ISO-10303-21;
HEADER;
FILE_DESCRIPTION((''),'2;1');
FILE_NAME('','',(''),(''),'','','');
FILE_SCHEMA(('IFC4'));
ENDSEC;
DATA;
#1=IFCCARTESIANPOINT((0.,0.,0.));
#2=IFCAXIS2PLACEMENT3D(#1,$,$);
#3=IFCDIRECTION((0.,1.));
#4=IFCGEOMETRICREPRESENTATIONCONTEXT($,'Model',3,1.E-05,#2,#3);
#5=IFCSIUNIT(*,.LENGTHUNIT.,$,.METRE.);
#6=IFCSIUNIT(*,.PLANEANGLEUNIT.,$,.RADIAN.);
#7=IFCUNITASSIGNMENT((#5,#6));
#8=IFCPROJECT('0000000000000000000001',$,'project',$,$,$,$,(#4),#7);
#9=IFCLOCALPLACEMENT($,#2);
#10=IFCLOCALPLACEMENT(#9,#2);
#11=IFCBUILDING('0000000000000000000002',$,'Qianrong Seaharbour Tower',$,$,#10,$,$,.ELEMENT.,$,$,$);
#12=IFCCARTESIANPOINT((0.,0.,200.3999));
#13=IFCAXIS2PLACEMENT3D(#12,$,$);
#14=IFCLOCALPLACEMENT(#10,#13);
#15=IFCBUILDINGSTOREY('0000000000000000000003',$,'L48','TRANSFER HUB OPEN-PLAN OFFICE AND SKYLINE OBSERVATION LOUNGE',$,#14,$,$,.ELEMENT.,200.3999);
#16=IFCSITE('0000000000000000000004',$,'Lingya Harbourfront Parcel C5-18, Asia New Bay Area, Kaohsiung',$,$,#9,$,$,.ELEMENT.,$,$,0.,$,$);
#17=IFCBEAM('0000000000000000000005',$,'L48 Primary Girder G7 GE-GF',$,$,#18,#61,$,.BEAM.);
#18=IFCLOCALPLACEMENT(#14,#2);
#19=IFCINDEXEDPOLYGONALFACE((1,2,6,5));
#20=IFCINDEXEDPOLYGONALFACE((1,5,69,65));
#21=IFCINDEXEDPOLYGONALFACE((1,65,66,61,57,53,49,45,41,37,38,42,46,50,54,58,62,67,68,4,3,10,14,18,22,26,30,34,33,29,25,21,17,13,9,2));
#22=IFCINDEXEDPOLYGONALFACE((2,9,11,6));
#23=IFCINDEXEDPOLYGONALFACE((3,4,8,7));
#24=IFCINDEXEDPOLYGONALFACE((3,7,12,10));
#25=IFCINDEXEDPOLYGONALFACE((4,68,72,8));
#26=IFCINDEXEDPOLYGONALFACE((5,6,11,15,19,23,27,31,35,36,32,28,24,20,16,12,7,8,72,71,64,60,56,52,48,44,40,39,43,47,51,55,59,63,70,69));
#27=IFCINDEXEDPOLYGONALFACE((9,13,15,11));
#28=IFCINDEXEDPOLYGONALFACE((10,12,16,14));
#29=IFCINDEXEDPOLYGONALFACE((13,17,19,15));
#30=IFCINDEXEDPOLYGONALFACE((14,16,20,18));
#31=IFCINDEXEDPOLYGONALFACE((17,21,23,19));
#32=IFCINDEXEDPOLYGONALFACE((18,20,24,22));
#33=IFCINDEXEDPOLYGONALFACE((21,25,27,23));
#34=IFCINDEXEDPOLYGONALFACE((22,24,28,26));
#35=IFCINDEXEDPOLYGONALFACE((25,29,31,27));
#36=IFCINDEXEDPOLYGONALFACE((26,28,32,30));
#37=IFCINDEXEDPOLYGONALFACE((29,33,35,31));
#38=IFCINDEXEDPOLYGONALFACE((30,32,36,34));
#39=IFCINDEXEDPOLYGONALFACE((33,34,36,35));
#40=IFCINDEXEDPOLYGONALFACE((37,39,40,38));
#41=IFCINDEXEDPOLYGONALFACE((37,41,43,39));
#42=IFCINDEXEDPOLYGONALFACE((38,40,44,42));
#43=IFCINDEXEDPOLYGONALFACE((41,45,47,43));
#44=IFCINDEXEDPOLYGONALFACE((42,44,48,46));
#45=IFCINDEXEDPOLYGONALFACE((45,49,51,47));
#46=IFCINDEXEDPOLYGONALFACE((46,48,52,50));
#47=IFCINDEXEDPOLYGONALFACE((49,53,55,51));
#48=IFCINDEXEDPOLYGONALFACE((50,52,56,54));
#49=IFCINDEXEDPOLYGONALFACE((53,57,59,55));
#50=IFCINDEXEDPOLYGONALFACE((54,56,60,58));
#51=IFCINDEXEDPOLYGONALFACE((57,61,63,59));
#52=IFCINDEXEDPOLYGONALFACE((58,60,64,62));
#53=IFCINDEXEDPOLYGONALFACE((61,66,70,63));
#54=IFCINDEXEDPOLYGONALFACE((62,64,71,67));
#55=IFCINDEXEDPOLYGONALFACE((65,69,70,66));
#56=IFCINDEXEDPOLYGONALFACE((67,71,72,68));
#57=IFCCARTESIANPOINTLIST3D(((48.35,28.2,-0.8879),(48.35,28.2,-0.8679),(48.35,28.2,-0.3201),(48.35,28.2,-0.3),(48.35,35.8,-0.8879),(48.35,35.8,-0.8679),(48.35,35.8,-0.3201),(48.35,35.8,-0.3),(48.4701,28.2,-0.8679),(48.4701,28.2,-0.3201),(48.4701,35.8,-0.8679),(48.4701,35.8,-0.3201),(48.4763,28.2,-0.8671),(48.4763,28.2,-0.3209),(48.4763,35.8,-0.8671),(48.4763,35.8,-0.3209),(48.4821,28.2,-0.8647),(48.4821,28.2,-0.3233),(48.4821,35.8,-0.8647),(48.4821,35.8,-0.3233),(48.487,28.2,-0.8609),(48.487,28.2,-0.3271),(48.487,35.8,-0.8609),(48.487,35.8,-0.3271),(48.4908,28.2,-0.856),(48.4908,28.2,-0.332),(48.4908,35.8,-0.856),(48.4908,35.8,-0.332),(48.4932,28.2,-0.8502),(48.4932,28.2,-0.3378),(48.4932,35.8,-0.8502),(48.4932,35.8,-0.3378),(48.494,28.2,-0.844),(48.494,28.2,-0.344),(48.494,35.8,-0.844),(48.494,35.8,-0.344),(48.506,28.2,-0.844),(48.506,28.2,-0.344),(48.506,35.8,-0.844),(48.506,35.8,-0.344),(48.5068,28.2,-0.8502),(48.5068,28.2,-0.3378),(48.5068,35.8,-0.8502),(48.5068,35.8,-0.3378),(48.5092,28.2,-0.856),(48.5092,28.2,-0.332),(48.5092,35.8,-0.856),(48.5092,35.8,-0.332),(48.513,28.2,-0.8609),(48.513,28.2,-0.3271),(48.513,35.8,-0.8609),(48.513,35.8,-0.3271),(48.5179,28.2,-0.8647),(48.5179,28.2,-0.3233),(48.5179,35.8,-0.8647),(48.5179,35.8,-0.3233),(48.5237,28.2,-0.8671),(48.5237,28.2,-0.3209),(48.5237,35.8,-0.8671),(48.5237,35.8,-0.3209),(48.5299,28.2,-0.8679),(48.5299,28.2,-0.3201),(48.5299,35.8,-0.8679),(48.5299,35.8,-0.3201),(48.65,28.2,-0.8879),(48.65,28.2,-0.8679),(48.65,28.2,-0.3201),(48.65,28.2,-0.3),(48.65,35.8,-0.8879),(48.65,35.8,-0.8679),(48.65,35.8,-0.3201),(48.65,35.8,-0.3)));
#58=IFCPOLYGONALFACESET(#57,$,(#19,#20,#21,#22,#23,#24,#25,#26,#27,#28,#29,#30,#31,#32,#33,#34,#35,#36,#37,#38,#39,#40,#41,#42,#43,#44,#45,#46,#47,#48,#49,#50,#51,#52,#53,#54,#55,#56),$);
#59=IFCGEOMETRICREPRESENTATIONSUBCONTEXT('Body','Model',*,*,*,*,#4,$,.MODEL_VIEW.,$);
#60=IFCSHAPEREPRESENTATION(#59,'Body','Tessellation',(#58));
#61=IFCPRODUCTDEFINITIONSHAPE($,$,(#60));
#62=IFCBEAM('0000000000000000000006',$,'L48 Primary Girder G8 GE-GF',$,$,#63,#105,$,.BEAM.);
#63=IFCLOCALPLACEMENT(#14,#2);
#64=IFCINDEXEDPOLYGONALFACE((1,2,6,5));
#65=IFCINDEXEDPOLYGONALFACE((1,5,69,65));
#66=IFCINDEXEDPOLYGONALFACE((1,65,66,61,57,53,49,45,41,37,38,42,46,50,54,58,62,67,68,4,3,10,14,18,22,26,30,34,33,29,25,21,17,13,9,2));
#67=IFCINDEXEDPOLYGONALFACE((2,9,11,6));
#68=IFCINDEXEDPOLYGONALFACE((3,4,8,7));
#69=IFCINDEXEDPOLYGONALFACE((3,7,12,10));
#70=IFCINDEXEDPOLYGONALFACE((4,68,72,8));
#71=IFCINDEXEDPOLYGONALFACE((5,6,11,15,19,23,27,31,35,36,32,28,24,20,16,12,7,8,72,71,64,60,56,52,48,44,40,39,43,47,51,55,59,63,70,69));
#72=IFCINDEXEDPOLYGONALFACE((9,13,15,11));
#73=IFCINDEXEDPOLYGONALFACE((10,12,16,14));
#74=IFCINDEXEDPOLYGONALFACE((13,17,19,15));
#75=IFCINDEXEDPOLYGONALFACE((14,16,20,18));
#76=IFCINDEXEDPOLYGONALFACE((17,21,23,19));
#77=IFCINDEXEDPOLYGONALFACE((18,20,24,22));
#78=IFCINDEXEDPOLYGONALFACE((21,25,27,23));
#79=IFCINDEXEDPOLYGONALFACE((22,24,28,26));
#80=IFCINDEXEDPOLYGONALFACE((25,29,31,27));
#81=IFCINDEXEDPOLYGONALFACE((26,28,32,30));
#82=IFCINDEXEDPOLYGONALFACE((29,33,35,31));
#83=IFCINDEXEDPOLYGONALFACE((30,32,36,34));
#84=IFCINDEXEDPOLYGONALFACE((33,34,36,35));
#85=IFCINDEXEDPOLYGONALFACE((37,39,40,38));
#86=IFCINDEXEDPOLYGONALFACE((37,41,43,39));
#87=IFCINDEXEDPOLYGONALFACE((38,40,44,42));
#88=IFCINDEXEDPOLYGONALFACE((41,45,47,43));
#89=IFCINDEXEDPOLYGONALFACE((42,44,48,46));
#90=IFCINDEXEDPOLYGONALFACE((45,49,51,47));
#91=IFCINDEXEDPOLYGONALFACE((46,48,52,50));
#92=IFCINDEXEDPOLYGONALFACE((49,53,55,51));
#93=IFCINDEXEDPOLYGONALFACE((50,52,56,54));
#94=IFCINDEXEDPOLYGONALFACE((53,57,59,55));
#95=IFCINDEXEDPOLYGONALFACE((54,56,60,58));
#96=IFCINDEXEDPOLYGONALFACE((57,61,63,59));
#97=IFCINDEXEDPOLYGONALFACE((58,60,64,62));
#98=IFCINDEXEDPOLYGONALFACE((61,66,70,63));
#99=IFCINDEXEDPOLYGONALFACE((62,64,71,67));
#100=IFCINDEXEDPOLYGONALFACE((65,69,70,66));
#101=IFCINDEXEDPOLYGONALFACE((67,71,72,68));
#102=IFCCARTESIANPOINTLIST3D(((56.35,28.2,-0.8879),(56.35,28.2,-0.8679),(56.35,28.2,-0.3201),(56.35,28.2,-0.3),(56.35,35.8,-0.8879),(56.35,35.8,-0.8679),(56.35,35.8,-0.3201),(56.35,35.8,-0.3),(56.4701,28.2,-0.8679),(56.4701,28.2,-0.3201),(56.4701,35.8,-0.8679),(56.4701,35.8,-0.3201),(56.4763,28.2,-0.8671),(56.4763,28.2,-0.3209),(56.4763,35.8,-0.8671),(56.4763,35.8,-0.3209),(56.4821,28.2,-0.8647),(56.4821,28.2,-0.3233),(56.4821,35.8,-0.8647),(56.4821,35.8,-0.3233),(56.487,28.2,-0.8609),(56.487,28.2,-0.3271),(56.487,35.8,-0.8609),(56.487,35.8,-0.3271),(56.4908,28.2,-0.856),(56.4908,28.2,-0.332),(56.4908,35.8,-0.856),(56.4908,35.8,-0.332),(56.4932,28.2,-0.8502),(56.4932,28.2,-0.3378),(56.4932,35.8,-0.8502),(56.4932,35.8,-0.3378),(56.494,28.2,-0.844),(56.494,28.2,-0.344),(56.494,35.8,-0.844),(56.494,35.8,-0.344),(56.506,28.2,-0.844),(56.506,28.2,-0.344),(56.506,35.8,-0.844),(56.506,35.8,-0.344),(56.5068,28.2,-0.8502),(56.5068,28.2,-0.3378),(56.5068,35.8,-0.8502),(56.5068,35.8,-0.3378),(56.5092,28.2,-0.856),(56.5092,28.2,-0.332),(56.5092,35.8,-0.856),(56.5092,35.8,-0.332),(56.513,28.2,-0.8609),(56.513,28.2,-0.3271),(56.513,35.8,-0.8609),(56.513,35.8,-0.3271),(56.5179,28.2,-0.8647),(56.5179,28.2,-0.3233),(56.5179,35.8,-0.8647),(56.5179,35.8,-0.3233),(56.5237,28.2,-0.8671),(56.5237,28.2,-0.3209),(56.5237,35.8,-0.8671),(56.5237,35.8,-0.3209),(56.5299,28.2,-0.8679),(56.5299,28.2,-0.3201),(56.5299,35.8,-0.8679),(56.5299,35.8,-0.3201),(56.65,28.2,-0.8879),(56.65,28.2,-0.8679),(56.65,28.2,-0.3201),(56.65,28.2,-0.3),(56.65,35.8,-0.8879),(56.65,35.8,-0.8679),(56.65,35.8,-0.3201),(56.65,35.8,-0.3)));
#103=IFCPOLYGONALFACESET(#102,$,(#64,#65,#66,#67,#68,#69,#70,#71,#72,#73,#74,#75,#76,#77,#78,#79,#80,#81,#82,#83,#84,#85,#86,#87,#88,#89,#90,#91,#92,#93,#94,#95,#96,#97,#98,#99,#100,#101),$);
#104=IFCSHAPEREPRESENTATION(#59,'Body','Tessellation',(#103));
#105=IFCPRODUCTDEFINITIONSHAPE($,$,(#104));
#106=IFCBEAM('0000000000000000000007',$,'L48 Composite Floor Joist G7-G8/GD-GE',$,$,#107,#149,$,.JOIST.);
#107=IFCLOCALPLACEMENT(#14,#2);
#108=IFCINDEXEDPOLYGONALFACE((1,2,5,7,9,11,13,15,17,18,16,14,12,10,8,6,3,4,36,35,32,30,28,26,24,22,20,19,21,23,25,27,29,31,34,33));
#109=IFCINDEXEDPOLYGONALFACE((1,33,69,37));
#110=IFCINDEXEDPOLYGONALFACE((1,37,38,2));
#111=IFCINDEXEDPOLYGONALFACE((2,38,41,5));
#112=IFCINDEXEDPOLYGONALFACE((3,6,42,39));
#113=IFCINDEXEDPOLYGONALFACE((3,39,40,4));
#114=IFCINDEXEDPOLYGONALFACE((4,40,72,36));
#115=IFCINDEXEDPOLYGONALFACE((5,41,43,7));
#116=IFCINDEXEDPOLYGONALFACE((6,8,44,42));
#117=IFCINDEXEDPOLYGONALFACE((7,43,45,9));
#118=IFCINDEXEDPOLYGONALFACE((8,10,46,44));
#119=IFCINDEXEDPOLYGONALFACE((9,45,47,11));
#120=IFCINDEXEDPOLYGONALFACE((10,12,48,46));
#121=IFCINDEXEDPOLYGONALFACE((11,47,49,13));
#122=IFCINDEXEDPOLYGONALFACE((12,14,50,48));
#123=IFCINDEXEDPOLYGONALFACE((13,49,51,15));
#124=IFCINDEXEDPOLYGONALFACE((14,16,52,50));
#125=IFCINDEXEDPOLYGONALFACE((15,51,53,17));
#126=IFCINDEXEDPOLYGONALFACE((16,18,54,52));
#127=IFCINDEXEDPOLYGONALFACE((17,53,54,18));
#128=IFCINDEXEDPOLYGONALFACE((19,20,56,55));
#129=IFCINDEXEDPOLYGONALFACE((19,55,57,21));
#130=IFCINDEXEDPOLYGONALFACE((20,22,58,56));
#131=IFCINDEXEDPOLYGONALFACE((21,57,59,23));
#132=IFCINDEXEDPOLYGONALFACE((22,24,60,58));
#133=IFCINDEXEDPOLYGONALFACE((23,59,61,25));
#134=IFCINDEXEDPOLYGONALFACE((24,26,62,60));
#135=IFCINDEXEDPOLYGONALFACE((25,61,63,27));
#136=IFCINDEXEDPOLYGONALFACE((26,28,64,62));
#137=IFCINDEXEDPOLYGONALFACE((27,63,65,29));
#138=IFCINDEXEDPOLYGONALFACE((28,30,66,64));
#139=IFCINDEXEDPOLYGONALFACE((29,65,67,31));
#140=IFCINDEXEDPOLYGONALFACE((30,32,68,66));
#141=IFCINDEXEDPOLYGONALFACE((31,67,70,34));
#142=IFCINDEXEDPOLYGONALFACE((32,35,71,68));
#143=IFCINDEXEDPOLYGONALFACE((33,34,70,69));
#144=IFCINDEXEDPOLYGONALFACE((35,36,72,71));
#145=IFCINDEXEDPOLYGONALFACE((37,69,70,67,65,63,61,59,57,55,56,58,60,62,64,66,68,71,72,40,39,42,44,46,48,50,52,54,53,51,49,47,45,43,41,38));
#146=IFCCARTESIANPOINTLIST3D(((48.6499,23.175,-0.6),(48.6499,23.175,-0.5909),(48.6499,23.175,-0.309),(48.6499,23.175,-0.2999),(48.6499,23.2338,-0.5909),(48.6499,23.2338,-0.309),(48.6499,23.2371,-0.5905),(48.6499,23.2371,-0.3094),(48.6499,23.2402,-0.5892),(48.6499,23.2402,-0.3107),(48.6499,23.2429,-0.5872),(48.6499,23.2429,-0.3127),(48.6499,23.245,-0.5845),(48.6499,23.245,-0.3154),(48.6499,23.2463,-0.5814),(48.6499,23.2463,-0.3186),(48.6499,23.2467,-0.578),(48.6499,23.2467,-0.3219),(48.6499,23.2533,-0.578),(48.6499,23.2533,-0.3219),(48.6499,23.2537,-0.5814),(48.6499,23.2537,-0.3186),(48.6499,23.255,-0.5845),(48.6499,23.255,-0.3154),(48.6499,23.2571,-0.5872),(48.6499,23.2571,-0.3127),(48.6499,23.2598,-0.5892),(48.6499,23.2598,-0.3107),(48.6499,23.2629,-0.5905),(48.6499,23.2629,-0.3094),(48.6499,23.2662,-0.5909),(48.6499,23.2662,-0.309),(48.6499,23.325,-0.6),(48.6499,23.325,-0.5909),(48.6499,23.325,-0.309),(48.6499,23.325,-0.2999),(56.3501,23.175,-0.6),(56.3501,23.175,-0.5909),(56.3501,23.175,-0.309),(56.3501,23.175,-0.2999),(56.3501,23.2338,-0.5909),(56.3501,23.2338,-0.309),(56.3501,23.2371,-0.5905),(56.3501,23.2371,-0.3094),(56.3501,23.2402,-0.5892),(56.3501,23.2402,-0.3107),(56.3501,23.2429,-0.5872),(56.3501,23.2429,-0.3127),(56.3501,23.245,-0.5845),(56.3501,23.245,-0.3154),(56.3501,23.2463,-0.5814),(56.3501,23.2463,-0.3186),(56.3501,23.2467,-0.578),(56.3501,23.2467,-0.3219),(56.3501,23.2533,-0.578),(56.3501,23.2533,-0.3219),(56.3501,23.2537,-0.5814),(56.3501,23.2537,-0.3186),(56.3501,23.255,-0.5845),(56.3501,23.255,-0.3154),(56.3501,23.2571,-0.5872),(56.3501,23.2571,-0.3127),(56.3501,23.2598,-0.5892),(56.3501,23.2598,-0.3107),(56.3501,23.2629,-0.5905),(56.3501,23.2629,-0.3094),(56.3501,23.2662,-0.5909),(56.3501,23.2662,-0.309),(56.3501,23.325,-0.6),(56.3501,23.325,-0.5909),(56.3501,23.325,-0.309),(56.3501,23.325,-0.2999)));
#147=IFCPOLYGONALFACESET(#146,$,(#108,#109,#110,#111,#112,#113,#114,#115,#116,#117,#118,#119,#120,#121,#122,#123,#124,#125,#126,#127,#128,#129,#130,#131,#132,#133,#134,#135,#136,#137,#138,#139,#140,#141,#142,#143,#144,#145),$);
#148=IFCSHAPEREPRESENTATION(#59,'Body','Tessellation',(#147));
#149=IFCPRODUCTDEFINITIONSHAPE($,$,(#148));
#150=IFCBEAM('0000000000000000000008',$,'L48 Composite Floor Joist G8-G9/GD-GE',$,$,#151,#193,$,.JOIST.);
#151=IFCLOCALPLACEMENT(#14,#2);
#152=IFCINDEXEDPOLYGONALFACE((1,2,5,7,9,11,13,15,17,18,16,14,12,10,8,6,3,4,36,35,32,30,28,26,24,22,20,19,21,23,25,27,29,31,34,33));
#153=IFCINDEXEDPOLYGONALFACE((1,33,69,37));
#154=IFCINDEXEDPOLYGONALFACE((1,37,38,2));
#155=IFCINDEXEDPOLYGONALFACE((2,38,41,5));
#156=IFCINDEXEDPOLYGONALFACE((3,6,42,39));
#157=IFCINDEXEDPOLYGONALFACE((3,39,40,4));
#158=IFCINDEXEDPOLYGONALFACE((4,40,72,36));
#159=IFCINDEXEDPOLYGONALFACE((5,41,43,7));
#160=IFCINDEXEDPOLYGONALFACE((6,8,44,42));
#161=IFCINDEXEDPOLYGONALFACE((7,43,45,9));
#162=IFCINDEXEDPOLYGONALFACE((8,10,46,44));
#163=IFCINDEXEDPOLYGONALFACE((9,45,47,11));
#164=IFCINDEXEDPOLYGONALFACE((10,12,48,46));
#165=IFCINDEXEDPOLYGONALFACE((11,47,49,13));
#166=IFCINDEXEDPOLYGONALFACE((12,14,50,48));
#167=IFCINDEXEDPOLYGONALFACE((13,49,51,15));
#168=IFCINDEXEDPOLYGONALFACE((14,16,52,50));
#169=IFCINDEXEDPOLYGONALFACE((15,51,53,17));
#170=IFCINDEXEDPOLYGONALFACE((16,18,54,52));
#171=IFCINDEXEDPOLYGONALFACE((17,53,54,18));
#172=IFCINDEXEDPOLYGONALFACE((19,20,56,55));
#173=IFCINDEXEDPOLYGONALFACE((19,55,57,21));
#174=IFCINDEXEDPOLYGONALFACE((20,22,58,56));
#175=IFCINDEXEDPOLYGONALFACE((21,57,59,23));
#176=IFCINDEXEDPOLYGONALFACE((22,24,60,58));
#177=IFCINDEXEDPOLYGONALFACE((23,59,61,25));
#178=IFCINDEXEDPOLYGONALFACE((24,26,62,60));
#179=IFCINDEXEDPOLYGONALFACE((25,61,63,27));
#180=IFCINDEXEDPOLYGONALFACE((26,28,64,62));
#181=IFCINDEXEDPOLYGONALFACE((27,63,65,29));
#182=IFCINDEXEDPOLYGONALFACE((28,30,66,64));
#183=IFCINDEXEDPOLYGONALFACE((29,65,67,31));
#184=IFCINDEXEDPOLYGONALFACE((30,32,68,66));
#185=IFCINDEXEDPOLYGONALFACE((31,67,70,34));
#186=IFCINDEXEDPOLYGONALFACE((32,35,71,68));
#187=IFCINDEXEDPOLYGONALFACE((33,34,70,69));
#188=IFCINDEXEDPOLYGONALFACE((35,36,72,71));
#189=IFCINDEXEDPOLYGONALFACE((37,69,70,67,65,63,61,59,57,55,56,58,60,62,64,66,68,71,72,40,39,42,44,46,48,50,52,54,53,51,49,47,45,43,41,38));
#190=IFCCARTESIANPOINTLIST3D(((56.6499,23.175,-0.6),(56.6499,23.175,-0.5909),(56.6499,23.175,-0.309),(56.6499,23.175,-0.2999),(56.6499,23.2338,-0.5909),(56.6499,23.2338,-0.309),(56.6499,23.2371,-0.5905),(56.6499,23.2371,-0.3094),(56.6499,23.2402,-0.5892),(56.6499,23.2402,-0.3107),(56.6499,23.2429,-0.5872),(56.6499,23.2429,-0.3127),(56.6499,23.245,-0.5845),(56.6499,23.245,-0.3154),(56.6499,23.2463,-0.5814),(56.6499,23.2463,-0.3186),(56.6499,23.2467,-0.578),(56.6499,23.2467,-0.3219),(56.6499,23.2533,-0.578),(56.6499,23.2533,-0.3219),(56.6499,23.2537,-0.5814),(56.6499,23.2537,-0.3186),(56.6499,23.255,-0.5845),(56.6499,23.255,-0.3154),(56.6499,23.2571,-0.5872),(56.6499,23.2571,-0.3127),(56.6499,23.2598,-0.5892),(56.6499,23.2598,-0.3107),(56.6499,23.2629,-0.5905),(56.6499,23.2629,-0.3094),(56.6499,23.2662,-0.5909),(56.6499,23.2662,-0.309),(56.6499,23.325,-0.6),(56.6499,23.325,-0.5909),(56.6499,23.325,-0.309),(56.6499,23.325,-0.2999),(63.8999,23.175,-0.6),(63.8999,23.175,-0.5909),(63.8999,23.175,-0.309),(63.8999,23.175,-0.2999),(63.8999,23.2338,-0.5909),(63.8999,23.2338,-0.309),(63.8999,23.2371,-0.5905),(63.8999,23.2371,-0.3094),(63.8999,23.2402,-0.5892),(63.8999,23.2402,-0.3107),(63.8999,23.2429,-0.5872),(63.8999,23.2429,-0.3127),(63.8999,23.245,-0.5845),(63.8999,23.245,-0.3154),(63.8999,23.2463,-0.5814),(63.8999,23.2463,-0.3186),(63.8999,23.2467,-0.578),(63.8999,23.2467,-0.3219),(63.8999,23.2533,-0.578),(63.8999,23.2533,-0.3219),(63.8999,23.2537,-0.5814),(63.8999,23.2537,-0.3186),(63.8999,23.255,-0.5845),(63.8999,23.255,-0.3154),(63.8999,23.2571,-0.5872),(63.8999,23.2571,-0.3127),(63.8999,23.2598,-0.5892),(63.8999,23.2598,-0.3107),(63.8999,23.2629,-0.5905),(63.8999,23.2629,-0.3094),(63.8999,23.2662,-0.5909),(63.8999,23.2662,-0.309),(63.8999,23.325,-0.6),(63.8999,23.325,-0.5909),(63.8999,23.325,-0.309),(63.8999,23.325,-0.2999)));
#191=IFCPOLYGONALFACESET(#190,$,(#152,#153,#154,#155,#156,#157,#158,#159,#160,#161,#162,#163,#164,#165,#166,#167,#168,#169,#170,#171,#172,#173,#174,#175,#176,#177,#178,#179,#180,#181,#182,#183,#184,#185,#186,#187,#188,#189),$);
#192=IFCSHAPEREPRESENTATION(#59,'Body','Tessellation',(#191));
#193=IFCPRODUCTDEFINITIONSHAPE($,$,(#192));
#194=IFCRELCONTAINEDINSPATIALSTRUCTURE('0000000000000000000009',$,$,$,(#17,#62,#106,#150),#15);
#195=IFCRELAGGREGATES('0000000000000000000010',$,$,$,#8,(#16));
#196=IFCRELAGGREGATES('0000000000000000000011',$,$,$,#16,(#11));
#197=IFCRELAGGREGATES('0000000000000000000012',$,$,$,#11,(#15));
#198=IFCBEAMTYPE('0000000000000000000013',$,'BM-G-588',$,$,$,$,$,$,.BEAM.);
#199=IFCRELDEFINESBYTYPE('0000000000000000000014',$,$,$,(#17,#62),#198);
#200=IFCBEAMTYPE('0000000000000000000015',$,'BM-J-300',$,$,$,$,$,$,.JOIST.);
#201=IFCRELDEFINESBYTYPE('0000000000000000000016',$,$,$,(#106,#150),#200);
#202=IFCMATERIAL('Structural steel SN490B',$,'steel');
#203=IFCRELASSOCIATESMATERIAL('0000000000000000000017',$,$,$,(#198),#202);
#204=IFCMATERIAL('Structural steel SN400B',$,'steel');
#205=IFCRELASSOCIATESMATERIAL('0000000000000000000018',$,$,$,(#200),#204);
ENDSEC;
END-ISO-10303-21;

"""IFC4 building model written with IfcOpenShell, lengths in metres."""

from ifc_helpers import new_model, si_unit, direction, frame, origin, origin_2d, place, context, subcontext, project, spatial, i_section, extrude, material, material_profile, profile_set, type_object, element, save


model = new_model("IFC4")

# Units and contexts
model_context = context("Model", 3, precision=1e-05, world=origin(), true_north=direction((0.0, 1.0)))
body_context = subcontext(model_context, "Body", "Model", "MODEL_VIEW")
ifc_project = project(units=[si_unit("LENGTHUNIT", "METRE"), si_unit("PLANEANGLEUNIT", "RADIAN")], contexts=[model_context])

# Site, building, storey
site_placement = place(None, origin())
site = spatial("IfcSite", under=ifc_project, at=site_placement, Name="Lingya Harbourfront Parcel C5-18, Asia New Bay Area, Kaohsiung", CompositionType="ELEMENT", RefElevation=0.0)
building_placement = place(site_placement, origin())
building = spatial("IfcBuilding", under=site, at=building_placement, Name="Qianrong Seaharbour Tower", CompositionType="ELEMENT")
storey_placement = place(building_placement, frame((0.0, 0.0, 200.3999)))
storey = spatial("IfcBuildingStorey", under=building, at=storey_placement, Name="L48", Description="TRANSFER HUB OPEN-PLAN OFFICE AND SKYLINE OBSERVATION LOUNGE", CompositionType="ELEMENT", Elevation=200.3999)

# Shared definitions
ifc_material_1 = material(Name="Structural steel SN490B", Category="steel")

# Beams
ifc_material_profile_1 = material_profile(ifc_material_1, i_section(OverallWidth=0.3, OverallDepth=0.5879, WebThickness=0.012, FlangeThickness=0.02, FilletRadius=0.0239, at=origin_2d()), Name="H588x300x12x20")
ifc_profile_set_1 = profile_set([ifc_material_profile_1], Name="Structural steel SN490B")
beam_type_1 = type_object("IfcBeamType", Name="BM-G-588", PredefinedType="BEAM", material=ifc_profile_set_1)
for number, where, z_axis, x_axis, name in (
    (1, (48.5, 28.2, -0.594), (0.0, 1.0, 0.0), (-1.0, 0.0, 0.0), "L48 Primary Girder G7 GE-GF"),
    (2, (56.5, 28.2, -0.594), (0.0, 1.0, 0.0), (-1.0, 0.0, 0.0), "L48 Primary Girder G8 GE-GF"),
):
    element("IfcBeam", number, at=place(storey_placement, frame(where, z_axis=z_axis, x_axis=x_axis)), inside=storey, type_object=beam_type_1, Name=name, PredefinedType="BEAM", context=body_context, shape_type="SweptSolid", body=[
        extrude(i_section(OverallWidth=0.3, OverallDepth=0.5879, WebThickness=0.012, FlangeThickness=0.02, FilletRadius=0.0239, at=origin_2d()), origin(), (0.0, 0.0, 1.0), 7.6001),
    ])
ifc_material_2 = material(Name="Structural steel SN400B", Category="steel")
ifc_material_profile_2 = material_profile(ifc_material_2, i_section(OverallWidth=0.1499, OverallDepth=0.3, WebThickness=0.0066, FlangeThickness=0.009, FilletRadius=0.0129, at=origin_2d()), Name="H300x150x6.5x9")
ifc_profile_set_2 = profile_set([ifc_material_profile_2], Name="Structural steel SN400B")
beam_type_2 = type_object("IfcBeamType", Name="BM-J-300", PredefinedType="JOIST", material=ifc_profile_set_2)
beam_1_placement = place(storey_placement, frame((48.6499, 23.25, -0.45), z_axis=(1.0, 0.0, 0.0), x_axis=(0.0, 1.0, 0.0)))
element("IfcBeam", 3, at=beam_1_placement, inside=storey, type_object=beam_type_2, Name="L48 Composite Floor Joist G7-G8/GD-GE", PredefinedType="JOIST", context=body_context, shape_type="SweptSolid", body=[
    extrude(i_section(OverallWidth=0.1499, OverallDepth=0.3, WebThickness=0.0066, FlangeThickness=0.009, FilletRadius=0.0129, at=origin_2d()), origin(), (0.0, 0.0, 1.0), 7.7002),
])
beam_2_placement = place(storey_placement, frame((56.6499, 23.25, -0.45), z_axis=(1.0, 0.0, 0.0), x_axis=(0.0, 1.0, 0.0)))
element("IfcBeam", 4, at=beam_2_placement, inside=storey, type_object=beam_type_2, Name="L48 Composite Floor Joist G8-G9/GD-GE", PredefinedType="JOIST", context=body_context, shape_type="SweptSolid", body=[
    extrude(i_section(OverallWidth=0.1499, OverallDepth=0.3, WebThickness=0.0066, FlangeThickness=0.009, FilletRadius=0.0129, at=origin_2d()), origin(), (0.0, 0.0, 1.0), 7.25),
])

save(model, "model.ifc")
